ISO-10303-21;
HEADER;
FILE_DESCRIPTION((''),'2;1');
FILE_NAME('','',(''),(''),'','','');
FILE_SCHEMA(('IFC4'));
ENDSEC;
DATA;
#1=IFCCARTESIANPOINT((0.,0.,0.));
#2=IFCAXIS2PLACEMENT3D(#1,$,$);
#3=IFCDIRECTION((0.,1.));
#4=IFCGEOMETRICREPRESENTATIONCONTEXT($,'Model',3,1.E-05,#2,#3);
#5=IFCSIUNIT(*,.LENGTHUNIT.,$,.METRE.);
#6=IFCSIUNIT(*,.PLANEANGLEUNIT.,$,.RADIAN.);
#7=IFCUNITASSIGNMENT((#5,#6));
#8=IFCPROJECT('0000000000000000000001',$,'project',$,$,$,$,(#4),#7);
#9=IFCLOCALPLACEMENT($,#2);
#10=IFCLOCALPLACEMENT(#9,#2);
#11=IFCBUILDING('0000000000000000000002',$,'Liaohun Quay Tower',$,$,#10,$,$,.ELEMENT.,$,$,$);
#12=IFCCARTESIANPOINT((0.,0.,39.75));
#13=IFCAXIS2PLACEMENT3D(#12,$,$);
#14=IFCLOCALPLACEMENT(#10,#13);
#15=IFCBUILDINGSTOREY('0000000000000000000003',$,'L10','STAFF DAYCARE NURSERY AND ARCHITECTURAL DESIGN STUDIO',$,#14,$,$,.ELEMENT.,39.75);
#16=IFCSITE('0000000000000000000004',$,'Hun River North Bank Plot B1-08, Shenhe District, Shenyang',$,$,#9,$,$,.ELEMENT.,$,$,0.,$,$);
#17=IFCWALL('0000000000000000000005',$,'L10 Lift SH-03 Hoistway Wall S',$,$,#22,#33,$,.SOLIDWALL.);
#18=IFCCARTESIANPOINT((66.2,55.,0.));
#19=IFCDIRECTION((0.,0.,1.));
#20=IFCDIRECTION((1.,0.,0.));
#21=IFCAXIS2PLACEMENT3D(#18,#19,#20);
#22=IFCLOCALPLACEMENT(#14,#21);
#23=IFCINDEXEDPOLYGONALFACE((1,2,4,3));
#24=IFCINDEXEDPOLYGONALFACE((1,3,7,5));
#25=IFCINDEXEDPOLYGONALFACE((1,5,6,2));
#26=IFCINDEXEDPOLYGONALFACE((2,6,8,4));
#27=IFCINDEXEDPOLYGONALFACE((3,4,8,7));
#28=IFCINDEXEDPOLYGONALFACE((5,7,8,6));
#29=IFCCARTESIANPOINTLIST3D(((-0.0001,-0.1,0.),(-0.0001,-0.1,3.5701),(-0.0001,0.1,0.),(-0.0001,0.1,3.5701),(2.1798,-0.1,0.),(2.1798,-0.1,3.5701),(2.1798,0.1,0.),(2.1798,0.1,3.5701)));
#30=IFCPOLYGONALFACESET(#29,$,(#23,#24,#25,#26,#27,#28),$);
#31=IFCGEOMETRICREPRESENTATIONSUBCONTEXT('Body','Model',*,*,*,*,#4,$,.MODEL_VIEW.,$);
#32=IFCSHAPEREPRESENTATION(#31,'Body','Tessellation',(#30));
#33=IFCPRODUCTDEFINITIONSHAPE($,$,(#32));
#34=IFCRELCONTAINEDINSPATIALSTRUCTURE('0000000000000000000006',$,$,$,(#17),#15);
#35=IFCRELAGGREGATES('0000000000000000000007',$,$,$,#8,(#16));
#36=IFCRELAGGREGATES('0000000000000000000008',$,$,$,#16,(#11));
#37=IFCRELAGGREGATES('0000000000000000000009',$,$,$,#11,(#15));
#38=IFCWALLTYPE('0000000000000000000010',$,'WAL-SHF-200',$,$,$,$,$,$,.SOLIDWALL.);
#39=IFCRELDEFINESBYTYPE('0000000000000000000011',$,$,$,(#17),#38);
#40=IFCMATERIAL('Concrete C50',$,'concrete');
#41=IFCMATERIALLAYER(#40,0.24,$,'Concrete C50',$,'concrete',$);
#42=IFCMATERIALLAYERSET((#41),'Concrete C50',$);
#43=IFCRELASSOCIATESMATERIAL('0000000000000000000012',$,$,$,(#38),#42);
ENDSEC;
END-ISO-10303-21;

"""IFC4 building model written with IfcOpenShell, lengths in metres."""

from ifc_helpers import new_model, si_unit, direction, frame, frame_2d, origin, place, context, subcontext, project, spatial, rectangle, extrude, material, layer, layer_set, type_object, element, save


model = new_model("IFC4")

# Units and contexts
model_context = context("Model", 3, precision=1e-05, world=origin(), true_north=direction((0.0, 1.0)))
body_context = subcontext(model_context, "Body", "Model", "MODEL_VIEW")
ifc_project = project(units=[si_unit("LENGTHUNIT", "METRE"), si_unit("PLANEANGLEUNIT", "RADIAN")], contexts=[model_context])

# Site, building, storey
site_placement = place(None, origin())
site = spatial("IfcSite", under=ifc_project, at=site_placement, Name="Hun River North Bank Plot B1-08, Shenhe District, Shenyang", CompositionType="ELEMENT", RefElevation=0.0)
building_placement = place(site_placement, origin())
building = spatial("IfcBuilding", under=site, at=building_placement, Name="Liaohun Quay Tower", CompositionType="ELEMENT")
storey_placement = place(building_placement, frame((0.0, 0.0, 39.75)))
storey = spatial("IfcBuildingStorey", under=building, at=storey_placement, Name="L10", Description="STAFF DAYCARE NURSERY AND ARCHITECTURAL DESIGN STUDIO", CompositionType="ELEMENT", Elevation=39.75)

# Shared definitions
ifc_material_1 = material(Name="Concrete C50", Category="concrete")
ifc_layer_1 = layer(ifc_material_1, 0.24, Name="Concrete C50", Category="concrete")
ifc_layer_set_1 = layer_set([ifc_layer_1], Name="Concrete C50")
wall_type_1 = type_object("IfcWallType", Name="WAL-SHF-200", PredefinedType="SOLIDWALL", material=ifc_layer_set_1)

# Wall
wall_1_placement = place(storey_placement, frame((66.2, 55.0, 0.0), z_axis=(0.0, 0.0, 1.0), x_axis=(1.0, 0.0, 0.0)))
element("IfcWall", 1, at=wall_1_placement, inside=storey, type_object=wall_type_1, Name="L10 Lift SH-03 Hoistway Wall S", PredefinedType="SOLIDWALL", context=body_context, shape_type="SweptSolid", body=[
    extrude(rectangle(XDim=2.1799, YDim=0.2, at=frame_2d((1.0898, 0.0))), origin(), (0.0, 0.0, 1.0), 3.5701),
])

save(model, "model.ifc")
